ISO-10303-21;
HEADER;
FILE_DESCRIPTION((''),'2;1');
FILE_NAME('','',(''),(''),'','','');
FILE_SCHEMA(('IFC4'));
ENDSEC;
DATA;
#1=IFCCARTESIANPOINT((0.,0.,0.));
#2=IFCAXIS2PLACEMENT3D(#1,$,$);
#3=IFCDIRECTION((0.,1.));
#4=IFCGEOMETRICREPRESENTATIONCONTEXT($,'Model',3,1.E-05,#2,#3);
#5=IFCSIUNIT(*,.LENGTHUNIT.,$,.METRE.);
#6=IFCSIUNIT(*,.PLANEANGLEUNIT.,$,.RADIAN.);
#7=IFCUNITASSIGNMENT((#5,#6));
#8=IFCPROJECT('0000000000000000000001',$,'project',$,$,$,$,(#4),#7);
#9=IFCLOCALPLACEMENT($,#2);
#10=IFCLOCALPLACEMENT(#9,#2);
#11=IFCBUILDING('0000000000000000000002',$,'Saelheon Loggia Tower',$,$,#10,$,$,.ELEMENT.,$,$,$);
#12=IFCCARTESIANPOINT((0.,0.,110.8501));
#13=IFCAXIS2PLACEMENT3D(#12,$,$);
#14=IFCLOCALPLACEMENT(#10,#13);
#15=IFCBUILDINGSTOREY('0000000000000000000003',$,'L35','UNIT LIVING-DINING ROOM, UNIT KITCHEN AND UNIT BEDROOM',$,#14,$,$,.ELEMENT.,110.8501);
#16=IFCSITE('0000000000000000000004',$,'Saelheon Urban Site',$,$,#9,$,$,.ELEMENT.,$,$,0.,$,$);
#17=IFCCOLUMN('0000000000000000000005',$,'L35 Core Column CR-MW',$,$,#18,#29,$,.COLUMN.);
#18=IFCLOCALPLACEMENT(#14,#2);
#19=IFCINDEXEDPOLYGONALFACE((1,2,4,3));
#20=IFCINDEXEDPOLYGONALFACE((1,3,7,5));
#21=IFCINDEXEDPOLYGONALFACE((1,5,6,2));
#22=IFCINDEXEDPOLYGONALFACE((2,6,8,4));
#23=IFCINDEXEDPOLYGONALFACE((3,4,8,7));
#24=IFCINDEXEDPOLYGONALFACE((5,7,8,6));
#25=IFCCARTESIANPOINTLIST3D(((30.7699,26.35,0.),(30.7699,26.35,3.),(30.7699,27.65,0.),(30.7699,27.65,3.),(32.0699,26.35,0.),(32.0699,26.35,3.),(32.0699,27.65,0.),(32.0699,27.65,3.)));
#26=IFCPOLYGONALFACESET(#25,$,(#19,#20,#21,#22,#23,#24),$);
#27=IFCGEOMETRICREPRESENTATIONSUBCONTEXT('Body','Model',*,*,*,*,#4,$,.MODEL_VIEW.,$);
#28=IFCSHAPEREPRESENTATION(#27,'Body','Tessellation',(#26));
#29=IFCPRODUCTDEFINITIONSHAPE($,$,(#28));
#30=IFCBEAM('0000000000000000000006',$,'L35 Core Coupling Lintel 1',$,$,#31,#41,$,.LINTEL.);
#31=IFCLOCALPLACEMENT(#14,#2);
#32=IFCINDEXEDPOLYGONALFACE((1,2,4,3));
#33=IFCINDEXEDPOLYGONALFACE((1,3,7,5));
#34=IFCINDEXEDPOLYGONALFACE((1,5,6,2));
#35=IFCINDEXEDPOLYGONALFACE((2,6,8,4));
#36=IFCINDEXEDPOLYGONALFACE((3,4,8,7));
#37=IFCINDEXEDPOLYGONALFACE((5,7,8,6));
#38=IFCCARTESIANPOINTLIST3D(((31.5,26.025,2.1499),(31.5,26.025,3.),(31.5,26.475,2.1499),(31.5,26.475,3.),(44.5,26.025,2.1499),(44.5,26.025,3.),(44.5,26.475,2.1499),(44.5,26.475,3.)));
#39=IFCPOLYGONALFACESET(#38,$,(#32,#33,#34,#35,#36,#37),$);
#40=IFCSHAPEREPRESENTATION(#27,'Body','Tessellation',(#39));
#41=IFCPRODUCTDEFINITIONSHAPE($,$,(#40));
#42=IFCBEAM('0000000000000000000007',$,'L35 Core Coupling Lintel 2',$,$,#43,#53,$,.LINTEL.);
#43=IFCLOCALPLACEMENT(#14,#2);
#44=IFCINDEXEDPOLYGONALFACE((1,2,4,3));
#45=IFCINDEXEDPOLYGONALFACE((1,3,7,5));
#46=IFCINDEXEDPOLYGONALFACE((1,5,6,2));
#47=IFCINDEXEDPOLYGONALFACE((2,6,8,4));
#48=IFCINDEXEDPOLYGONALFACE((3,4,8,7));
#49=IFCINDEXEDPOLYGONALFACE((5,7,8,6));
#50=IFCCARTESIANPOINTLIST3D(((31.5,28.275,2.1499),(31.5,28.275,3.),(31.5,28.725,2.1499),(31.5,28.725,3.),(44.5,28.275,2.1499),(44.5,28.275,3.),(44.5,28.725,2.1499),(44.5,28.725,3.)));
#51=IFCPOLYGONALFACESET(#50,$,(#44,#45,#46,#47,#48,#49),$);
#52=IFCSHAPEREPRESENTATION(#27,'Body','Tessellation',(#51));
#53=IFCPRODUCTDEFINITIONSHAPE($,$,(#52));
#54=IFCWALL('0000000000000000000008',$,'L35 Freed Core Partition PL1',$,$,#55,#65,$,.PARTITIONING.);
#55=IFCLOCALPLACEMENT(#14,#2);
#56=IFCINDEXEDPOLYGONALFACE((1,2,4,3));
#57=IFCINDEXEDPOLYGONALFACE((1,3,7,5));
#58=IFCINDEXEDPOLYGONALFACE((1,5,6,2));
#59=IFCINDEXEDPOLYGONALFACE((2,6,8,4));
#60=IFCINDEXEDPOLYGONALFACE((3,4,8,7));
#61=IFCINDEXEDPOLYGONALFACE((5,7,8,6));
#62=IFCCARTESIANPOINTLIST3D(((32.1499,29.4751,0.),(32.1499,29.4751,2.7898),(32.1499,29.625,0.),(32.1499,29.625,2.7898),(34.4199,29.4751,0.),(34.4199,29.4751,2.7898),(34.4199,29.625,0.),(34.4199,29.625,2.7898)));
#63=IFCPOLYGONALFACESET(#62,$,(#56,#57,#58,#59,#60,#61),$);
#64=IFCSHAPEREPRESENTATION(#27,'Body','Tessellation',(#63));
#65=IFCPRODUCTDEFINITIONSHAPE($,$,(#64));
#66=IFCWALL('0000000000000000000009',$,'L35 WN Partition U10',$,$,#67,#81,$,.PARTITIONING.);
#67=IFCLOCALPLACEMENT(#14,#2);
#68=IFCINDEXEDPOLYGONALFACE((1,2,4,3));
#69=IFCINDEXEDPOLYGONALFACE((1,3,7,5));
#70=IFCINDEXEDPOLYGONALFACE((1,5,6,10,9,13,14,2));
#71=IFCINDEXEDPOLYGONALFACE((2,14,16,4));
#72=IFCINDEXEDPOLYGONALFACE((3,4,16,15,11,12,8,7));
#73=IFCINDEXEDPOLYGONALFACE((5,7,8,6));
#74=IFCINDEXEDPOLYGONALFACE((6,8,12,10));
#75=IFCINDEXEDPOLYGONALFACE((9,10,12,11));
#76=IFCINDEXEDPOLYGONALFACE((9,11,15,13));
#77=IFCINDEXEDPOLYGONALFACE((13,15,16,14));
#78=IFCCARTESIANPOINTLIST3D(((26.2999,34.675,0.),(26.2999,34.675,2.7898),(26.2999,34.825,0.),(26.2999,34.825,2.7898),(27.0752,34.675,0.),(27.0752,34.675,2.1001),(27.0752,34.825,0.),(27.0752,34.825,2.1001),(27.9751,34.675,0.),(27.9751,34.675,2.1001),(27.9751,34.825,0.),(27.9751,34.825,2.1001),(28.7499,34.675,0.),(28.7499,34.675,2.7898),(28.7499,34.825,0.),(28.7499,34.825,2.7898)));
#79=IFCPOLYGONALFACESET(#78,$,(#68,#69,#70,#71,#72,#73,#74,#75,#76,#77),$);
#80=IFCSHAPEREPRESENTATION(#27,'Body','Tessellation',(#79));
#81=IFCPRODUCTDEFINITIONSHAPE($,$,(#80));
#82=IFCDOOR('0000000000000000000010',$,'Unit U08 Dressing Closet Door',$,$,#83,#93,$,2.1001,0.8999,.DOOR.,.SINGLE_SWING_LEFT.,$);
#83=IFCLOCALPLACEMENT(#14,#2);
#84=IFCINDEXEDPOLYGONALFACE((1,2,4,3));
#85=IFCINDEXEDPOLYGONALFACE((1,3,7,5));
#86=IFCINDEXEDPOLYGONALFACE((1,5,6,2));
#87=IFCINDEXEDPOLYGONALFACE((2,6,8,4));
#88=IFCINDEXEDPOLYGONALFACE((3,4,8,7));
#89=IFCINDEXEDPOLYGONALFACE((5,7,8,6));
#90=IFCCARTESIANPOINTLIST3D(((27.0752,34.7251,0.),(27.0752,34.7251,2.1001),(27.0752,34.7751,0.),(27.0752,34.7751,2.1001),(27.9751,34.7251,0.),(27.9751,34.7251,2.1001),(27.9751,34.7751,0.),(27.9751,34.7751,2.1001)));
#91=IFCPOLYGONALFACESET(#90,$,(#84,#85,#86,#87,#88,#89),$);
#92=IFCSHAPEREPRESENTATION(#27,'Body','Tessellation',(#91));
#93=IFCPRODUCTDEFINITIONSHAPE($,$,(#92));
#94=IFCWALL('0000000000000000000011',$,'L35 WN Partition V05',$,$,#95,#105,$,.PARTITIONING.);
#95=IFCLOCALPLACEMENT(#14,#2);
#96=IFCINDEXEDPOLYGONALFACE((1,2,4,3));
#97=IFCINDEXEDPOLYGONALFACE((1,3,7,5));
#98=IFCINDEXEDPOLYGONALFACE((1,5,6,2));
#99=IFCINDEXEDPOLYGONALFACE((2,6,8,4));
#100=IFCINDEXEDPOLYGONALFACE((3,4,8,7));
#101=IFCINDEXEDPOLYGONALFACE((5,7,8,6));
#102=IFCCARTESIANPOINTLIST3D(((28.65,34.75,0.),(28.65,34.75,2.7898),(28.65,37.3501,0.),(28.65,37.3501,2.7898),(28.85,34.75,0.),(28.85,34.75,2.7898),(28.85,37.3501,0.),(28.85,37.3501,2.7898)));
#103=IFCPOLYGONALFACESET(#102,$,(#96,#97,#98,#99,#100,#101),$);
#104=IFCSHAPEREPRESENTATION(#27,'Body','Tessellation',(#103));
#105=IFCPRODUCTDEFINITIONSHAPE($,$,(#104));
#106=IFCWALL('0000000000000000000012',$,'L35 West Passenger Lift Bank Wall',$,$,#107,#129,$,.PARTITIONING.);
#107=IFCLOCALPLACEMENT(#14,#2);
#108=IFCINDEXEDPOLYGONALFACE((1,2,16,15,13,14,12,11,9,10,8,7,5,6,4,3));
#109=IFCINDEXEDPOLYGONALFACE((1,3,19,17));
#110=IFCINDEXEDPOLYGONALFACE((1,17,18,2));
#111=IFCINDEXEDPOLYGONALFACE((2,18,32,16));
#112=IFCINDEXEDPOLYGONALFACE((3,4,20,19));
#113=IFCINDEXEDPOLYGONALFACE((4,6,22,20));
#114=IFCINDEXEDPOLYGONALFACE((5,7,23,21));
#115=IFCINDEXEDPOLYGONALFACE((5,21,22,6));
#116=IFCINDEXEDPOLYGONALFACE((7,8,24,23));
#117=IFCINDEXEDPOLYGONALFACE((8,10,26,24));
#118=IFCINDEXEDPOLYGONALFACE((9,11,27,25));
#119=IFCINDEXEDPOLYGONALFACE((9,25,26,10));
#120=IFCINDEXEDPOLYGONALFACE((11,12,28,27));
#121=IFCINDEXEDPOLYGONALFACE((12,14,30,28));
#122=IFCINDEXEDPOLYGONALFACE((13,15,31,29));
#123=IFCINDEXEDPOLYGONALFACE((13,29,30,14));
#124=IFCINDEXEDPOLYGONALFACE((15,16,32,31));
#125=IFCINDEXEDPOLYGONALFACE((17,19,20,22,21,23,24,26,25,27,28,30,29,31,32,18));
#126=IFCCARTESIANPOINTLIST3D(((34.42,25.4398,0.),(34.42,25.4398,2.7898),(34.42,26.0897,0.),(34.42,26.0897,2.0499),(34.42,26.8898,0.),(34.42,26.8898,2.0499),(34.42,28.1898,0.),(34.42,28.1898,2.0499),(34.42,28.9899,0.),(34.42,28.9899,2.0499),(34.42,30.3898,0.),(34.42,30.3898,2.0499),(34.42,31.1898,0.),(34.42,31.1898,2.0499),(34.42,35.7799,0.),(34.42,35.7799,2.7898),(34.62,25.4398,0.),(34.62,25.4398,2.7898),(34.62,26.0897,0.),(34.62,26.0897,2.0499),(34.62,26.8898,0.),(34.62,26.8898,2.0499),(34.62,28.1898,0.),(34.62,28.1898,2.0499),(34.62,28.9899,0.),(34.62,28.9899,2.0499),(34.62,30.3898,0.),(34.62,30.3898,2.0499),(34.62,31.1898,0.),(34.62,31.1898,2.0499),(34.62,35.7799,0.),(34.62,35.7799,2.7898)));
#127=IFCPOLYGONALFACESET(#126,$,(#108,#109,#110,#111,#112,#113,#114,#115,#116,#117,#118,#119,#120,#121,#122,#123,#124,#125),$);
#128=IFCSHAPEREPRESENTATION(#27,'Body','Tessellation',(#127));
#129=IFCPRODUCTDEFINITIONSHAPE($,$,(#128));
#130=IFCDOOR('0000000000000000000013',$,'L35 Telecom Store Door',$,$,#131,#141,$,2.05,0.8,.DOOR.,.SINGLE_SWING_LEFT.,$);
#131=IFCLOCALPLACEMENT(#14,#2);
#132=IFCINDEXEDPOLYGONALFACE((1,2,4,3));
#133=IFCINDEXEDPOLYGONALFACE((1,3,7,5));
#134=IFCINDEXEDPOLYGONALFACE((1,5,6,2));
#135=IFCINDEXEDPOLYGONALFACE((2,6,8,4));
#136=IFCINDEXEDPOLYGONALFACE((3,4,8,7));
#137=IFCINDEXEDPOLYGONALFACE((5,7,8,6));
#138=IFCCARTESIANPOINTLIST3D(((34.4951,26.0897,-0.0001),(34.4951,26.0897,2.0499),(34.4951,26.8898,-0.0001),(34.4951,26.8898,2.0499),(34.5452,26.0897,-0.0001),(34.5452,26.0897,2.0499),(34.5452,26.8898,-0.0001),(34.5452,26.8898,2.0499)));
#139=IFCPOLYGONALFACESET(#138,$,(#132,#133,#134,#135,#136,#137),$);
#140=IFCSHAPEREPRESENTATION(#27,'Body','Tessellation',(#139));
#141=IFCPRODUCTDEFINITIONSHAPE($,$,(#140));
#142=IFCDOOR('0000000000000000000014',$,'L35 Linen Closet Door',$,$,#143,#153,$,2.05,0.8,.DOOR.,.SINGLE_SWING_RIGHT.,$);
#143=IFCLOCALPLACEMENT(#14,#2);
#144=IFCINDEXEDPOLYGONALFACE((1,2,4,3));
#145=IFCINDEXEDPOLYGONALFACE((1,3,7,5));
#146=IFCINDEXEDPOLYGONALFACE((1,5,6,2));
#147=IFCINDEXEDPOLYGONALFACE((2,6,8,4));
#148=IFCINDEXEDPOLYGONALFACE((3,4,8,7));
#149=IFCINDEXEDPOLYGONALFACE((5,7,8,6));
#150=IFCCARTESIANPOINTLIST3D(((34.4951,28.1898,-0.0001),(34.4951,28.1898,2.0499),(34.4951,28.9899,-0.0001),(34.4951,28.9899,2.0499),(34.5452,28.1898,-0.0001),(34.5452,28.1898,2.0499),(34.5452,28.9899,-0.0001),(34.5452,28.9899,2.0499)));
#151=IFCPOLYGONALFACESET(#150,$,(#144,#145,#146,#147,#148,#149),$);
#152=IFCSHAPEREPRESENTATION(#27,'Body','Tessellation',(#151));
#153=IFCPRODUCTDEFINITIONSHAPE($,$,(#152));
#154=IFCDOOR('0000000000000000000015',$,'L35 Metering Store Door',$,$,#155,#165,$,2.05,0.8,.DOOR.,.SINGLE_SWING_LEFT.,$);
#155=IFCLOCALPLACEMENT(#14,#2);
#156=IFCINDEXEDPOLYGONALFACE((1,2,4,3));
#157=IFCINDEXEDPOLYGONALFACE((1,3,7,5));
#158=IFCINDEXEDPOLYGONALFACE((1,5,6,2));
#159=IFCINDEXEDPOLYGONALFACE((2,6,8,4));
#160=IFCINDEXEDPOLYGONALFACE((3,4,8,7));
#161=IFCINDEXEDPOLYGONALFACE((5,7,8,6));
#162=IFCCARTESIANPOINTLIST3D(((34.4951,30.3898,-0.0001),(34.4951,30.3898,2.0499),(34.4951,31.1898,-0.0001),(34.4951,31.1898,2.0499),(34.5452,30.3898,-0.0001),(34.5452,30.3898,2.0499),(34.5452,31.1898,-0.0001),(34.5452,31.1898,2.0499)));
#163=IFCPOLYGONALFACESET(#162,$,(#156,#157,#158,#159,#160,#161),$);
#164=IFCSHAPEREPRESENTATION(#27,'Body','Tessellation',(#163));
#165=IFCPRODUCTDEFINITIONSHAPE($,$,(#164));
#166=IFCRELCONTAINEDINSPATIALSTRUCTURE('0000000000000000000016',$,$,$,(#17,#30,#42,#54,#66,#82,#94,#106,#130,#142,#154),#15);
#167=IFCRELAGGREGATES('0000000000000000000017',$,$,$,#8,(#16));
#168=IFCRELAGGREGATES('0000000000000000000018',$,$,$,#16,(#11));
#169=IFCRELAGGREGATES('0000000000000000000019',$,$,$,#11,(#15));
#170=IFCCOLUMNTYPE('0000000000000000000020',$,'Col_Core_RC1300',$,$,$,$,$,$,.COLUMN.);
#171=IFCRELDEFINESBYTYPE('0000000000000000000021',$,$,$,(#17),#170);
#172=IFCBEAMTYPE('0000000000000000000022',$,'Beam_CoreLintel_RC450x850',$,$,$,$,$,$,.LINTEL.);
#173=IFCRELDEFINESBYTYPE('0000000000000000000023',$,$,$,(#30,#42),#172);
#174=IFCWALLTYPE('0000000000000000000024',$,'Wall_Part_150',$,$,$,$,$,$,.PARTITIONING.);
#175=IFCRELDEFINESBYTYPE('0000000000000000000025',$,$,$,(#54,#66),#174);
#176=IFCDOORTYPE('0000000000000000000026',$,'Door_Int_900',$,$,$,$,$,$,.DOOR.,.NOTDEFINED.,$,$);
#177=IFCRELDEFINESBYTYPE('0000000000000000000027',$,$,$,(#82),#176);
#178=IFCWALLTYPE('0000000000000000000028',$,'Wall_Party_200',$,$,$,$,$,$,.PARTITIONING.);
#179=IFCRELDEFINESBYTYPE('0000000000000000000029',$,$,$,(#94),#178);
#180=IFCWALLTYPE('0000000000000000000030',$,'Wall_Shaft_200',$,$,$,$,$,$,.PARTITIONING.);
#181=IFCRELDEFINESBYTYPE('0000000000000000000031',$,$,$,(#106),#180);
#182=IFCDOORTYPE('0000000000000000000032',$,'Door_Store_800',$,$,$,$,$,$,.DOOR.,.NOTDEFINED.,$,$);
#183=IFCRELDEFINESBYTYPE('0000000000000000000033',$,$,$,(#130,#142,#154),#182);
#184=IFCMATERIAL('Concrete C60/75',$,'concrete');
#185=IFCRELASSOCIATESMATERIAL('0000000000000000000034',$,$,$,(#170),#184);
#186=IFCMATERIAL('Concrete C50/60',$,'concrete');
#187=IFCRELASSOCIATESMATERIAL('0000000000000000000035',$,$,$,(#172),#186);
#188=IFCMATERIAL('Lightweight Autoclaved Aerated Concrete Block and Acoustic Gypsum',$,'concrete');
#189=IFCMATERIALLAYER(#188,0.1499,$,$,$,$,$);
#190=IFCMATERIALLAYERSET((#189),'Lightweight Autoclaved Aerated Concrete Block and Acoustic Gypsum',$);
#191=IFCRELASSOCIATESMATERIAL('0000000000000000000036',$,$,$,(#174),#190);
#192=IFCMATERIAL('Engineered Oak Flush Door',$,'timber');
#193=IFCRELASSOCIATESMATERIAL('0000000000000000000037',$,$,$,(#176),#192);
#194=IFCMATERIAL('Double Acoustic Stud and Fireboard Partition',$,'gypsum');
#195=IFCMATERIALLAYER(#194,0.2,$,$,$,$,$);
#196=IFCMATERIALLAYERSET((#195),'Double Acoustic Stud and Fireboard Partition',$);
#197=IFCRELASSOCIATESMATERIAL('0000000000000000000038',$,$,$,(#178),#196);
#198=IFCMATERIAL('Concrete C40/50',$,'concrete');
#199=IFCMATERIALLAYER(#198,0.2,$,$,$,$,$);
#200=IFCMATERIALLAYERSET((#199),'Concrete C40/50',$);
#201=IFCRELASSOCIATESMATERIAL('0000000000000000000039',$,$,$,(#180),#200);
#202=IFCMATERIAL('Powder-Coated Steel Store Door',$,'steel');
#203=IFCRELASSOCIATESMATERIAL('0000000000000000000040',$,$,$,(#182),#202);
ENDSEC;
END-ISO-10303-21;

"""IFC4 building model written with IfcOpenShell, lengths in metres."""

from ifc_helpers import new_model, si_unit, direction, frame, frame_2d, origin, origin_2d, place, context, subcontext, project, spatial, rectangle, extrude, source, transform, mapped, material, layer, layer_set, material_profile, profile_set, type_object, element, fill, save


model = new_model("IFC4")

# Units and contexts
model_context = context("Model", 3, precision=1e-05, world=origin(), true_north=direction((0.0, 1.0)))
body_context = subcontext(model_context, "Body", "Model", "MODEL_VIEW")
ifc_project = project(units=[si_unit("LENGTHUNIT", "METRE"), si_unit("PLANEANGLEUNIT", "RADIAN")], contexts=[model_context])

# Site, building, storey
site_placement = place(None, origin())
site = spatial("IfcSite", under=ifc_project, at=site_placement, Name="Saelheon Urban Site", CompositionType="ELEMENT", RefElevation=0.0)
building_placement = place(site_placement, origin())
building = spatial("IfcBuilding", under=site, at=building_placement, Name="Saelheon Loggia Tower", CompositionType="ELEMENT")
storey_placement = place(building_placement, frame((0.0, 0.0, 110.8501)))
storey = spatial("IfcBuildingStorey", under=building, at=storey_placement, Name="L35", Description="UNIT LIVING-DINING ROOM, UNIT KITCHEN AND UNIT BEDROOM", CompositionType="ELEMENT", Elevation=110.8501)

# Column
ifc_material_1 = material(Name="Concrete C60/75", Category="concrete")
ifc_material_profile_1 = material_profile(ifc_material_1, rectangle(XDim=1.3, YDim=1.3, at=origin_2d()), Name="RC-1300x1300")
ifc_profile_set_1 = profile_set([ifc_material_profile_1], Name="Concrete C60/75")
column_type = type_object("IfcColumnType", Name="Col_Core_RC1300", PredefinedType="COLUMN", material=ifc_profile_set_1)
shared_shape_1 = source(origin(), body_context, "Body", "SweptSolid", [
    extrude(rectangle(XDim=1.3, YDim=1.3, at=origin_2d()), origin(), (0.0, 0.0, 1.0), 3.0),
])
column_placement = place(storey_placement, frame((31.4199, 27.0, 0.0), z_axis=(0.0, 0.0, 1.0), x_axis=(1.0, 0.0, 0.0)))
element("IfcColumn", 1, at=column_placement, inside=storey, type_object=column_type, Name="L35 Core Column CR-MW", PredefinedType="COLUMN", context=body_context, shape_type="MappedRepresentation", body=[
    mapped(shared_shape_1, transform((0.0, 0.0, 0.0), scale=1.0)),
])

# Beams
ifc_material_2 = material(Name="Concrete C50/60", Category="concrete")
ifc_material_profile_2 = material_profile(ifc_material_2, rectangle(XDim=0.45, YDim=0.8501, at=origin_2d()), Name="RC-450x850")
ifc_profile_set_2 = profile_set([ifc_material_profile_2], Name="Concrete C50/60")
beam_type = type_object("IfcBeamType", Name="Beam_CoreLintel_RC450x850", PredefinedType="LINTEL", material=ifc_profile_set_2)
shared_shape_2 = source(origin(), body_context, "Body", "SweptSolid", [
    extrude(rectangle(XDim=0.45, YDim=0.8501, at=origin_2d()), origin(), (0.0, 0.0, 1.0), 13.0),
])
for number, where, z_axis, x_axis, name in (
    (2, (31.5, 26.25, 2.575), (1.0, 0.0, 0.0), (0.0, 1.0, 0.0), "L35 Core Coupling Lintel 1"),
    (3, (31.5, 28.5, 2.575), (1.0, 0.0, 0.0), (0.0, 1.0, 0.0), "L35 Core Coupling Lintel 2"),
):
    element("IfcBeam", number, at=place(storey_placement, frame(where, z_axis=z_axis, x_axis=x_axis)), inside=storey, type_object=beam_type, Name=name, PredefinedType="LINTEL", context=body_context, shape_type="MappedRepresentation", body=[
        mapped(shared_shape_2, transform((0.0, 0.0, 0.0), scale=1.0)),
    ])

# Wall
ifc_material_3 = material(Name="Lightweight Autoclaved Aerated Concrete Block and Acoustic Gypsum", Category="concrete")
ifc_layer_1 = layer(ifc_material_3, 0.1499)
ifc_layer_set_1 = layer_set([ifc_layer_1], Name="Lightweight Autoclaved Aerated Concrete Block and Acoustic Gypsum")
wall_type_1 = type_object("IfcWallType", Name="Wall_Part_150", PredefinedType="PARTITIONING", material=ifc_layer_set_1)
wall_1_placement = place(storey_placement, frame((32.1499, 29.55, 0.0), z_axis=(0.0, 0.0, 1.0), x_axis=(1.0, 0.0, 0.0)))
element("IfcWall", 4, at=wall_1_placement, inside=storey, type_object=wall_type_1, Name="L35 Freed Core Partition PL1", PredefinedType="PARTITIONING", context=body_context, shape_type="SweptSolid", body=[
    extrude(rectangle(XDim=2.27, YDim=0.1499, at=frame_2d((1.135, 0.0))), origin(), (0.0, 0.0, 1.0), 2.7898),
])

# Wall, opening, door
wall_2_placement = place(storey_placement, frame((28.75, 34.75, 0.0), z_axis=(0.0, 0.0, 1.0), x_axis=(-1.0, 0.0, 0.0)))
wall_2 = element("IfcWall", 5, at=wall_2_placement, inside=storey, type_object=wall_type_1, Name="L35 WN Partition U10", PredefinedType="PARTITIONING", context=body_context, shape_type="SweptSolid", body=[
    extrude(rectangle(XDim=2.45, YDim=0.1499, at=frame_2d((1.2251, 0.0))), origin(), (0.0, 0.0, 1.0), 2.7898),
])
opening_1_placement = place(wall_2_placement, frame((0.7749, 0.0, 0.0)))
opening_1 = element("IfcOpeningElement", 6, at=opening_1_placement, cuts=wall_2, PredefinedType="OPENING", context=body_context, shape_type="SweptSolid", body=[
    extrude(rectangle(XDim=0.8999, YDim=2.1001, at=frame_2d((0.45, 1.05))), frame((0.0, 0.0869, 0.0), z_axis=(0.0, -1.0, 0.0), x_axis=(1.0, 0.0, 0.0)), (0.0, 0.0, 1.0), 0.1738),
])
ifc_material_4 = material(Name="Engineered Oak Flush Door", Category="timber")
door_type_1 = type_object("IfcDoorType", Name="Door_Int_900", OperationType="NOTDEFINED", PredefinedType="DOOR", material=ifc_material_4)
shared_shape_3 = source(origin(), body_context, "Body", "SweptSolid", [
    extrude(rectangle(XDim=0.8999, YDim=2.1001, at=frame_2d((0.45, 1.05))), frame((0.0, 0.0249, 0.0), z_axis=(0.0, -1.0, 0.0), x_axis=(1.0, 0.0, 0.0)), (0.0, 0.0, 1.0), 0.05),
])
door_1_placement = place(opening_1_placement, origin())
door_1 = element("IfcDoor", 7, at=door_1_placement, inside=storey, type_object=door_type_1, Name="Unit U08 Dressing Closet Door", OperationType="SINGLE_SWING_LEFT", OverallHeight=2.1001, OverallWidth=0.8999, PredefinedType="DOOR", context=body_context, shape_type="MappedRepresentation", body=[
    mapped(shared_shape_3, transform((0.0, 0.0, 0.0), scale=1.0)),
])
fill(opening_1, door_1)

# Wall
ifc_material_5 = material(Name="Double Acoustic Stud and Fireboard Partition", Category="gypsum")
ifc_layer_2 = layer(ifc_material_5, 0.2)
ifc_layer_set_2 = layer_set([ifc_layer_2], Name="Double Acoustic Stud and Fireboard Partition")
wall_type_2 = type_object("IfcWallType", Name="Wall_Party_200", PredefinedType="PARTITIONING", material=ifc_layer_set_2)
wall_3_placement = place(storey_placement, frame((28.75, 34.75, 0.0), z_axis=(0.0, 0.0, 1.0), x_axis=(0.0, 1.0, 0.0)))
element("IfcWall", 8, at=wall_3_placement, inside=storey, type_object=wall_type_2, Name="L35 WN Partition V05", PredefinedType="PARTITIONING", context=body_context, shape_type="SweptSolid", body=[
    extrude(rectangle(XDim=2.6001, YDim=0.2, at=frame_2d((1.3, 0.0))), origin(), (0.0, 0.0, 1.0), 2.7898),
])

# Shared definitions
ifc_material_6 = material(Name="Concrete C40/50", Category="concrete")
ifc_layer_3 = layer(ifc_material_6, 0.2)
ifc_layer_set_3 = layer_set([ifc_layer_3], Name="Concrete C40/50")
wall_type_3 = type_object("IfcWallType", Name="Wall_Shaft_200", PredefinedType="PARTITIONING", material=ifc_layer_set_3)

# Wall, openings, doors
wall_4_placement = place(storey_placement, frame((34.52, 25.4399, 0.0), z_axis=(0.0, 0.0, 1.0), x_axis=(0.0, 1.0, 0.0)))
wall_4 = element("IfcWall", 9, at=wall_4_placement, inside=storey, type_object=wall_type_3, Name="L35 West Passenger Lift Bank Wall", PredefinedType="PARTITIONING", context=body_context, shape_type="SweptSolid", body=[
    extrude(rectangle(XDim=10.3401, YDim=0.2, at=frame_2d((5.1699, 0.0))), origin(), (0.0, 0.0, 1.0), 2.7898),
])
opening_2_placement = place(wall_4_placement, frame((0.6499, 0.0, 0.0)))
opening_2 = element("IfcOpeningElement", 10, at=opening_2_placement, cuts=wall_4, PredefinedType="OPENING", context=body_context, shape_type="SweptSolid", body=[
    extrude(rectangle(XDim=0.8, YDim=2.05, at=frame_2d((0.3999, 1.0249))), frame((0.0, 0.1121, 0.0), z_axis=(0.0, -1.0, 0.0), x_axis=(1.0, 0.0, 0.0)), (0.0, 0.0, 1.0), 0.2239),
])
opening_3_placement = place(wall_4_placement, frame((2.75, 0.0, 0.0)))
opening_3 = element("IfcOpeningElement", 11, at=opening_3_placement, cuts=wall_4, PredefinedType="OPENING", context=body_context, shape_type="SweptSolid", body=[
    extrude(rectangle(XDim=0.8, YDim=2.05, at=frame_2d((0.3999, 1.0249))), frame((0.0, 0.1121, 0.0), z_axis=(0.0, -1.0, 0.0), x_axis=(1.0, 0.0, 0.0)), (0.0, 0.0, 1.0), 0.2239),
])
opening_4_placement = place(wall_4_placement, frame((4.95, 0.0, 0.0)))
opening_4 = element("IfcOpeningElement", 12, at=opening_4_placement, cuts=wall_4, PredefinedType="OPENING", context=body_context, shape_type="SweptSolid", body=[
    extrude(rectangle(XDim=0.8, YDim=2.05, at=frame_2d((0.3999, 1.0249))), frame((0.0, 0.1121, 0.0), z_axis=(0.0, -1.0, 0.0), x_axis=(1.0, 0.0, 0.0)), (0.0, 0.0, 1.0), 0.2239),
])
ifc_material_7 = material(Name="Powder-Coated Steel Store Door", Category="steel")
door_type_2 = type_object("IfcDoorType", Name="Door_Store_800", OperationType="NOTDEFINED", PredefinedType="DOOR", material=ifc_material_7)
shared_shape_4 = source(origin(), body_context, "Body", "SweptSolid", [
    extrude(rectangle(XDim=0.8, YDim=2.05, at=frame_2d((0.3999, 1.0249))), frame((0.0, 0.0249, 0.0), z_axis=(0.0, -1.0, 0.0), x_axis=(1.0, 0.0, 0.0)), (0.0, 0.0, 1.0), 0.05),
])
door_2_placement = place(opening_2_placement, origin())
door_2 = element("IfcDoor", 13, at=door_2_placement, inside=storey, type_object=door_type_2, Name="L35 Telecom Store Door", OperationType="SINGLE_SWING_LEFT", OverallHeight=2.05, OverallWidth=0.8, PredefinedType="DOOR", context=body_context, shape_type="MappedRepresentation", body=[
    mapped(shared_shape_4, transform((0.0, 0.0, 0.0), scale=1.0)),
])
fill(opening_2, door_2)
door_3_placement = place(opening_3_placement, origin())
door_3 = element("IfcDoor", 14, at=door_3_placement, inside=storey, type_object=door_type_2, Name="L35 Linen Closet Door", OperationType="SINGLE_SWING_RIGHT", OverallHeight=2.05, OverallWidth=0.8, PredefinedType="DOOR", context=body_context, shape_type="MappedRepresentation", body=[
    mapped(shared_shape_4, transform((0.0, 0.0, 0.0), scale=1.0)),
])
fill(opening_3, door_3)
door_4_placement = place(opening_4_placement, origin())
door_4 = element("IfcDoor", 15, at=door_4_placement, inside=storey, type_object=door_type_2, Name="L35 Metering Store Door", OperationType="SINGLE_SWING_LEFT", OverallHeight=2.05, OverallWidth=0.8, PredefinedType="DOOR", context=body_context, shape_type="MappedRepresentation", body=[
    mapped(shared_shape_4, transform((0.0, 0.0, 0.0), scale=1.0)),
])
fill(opening_4, door_4)

save(model, "model.ifc")
